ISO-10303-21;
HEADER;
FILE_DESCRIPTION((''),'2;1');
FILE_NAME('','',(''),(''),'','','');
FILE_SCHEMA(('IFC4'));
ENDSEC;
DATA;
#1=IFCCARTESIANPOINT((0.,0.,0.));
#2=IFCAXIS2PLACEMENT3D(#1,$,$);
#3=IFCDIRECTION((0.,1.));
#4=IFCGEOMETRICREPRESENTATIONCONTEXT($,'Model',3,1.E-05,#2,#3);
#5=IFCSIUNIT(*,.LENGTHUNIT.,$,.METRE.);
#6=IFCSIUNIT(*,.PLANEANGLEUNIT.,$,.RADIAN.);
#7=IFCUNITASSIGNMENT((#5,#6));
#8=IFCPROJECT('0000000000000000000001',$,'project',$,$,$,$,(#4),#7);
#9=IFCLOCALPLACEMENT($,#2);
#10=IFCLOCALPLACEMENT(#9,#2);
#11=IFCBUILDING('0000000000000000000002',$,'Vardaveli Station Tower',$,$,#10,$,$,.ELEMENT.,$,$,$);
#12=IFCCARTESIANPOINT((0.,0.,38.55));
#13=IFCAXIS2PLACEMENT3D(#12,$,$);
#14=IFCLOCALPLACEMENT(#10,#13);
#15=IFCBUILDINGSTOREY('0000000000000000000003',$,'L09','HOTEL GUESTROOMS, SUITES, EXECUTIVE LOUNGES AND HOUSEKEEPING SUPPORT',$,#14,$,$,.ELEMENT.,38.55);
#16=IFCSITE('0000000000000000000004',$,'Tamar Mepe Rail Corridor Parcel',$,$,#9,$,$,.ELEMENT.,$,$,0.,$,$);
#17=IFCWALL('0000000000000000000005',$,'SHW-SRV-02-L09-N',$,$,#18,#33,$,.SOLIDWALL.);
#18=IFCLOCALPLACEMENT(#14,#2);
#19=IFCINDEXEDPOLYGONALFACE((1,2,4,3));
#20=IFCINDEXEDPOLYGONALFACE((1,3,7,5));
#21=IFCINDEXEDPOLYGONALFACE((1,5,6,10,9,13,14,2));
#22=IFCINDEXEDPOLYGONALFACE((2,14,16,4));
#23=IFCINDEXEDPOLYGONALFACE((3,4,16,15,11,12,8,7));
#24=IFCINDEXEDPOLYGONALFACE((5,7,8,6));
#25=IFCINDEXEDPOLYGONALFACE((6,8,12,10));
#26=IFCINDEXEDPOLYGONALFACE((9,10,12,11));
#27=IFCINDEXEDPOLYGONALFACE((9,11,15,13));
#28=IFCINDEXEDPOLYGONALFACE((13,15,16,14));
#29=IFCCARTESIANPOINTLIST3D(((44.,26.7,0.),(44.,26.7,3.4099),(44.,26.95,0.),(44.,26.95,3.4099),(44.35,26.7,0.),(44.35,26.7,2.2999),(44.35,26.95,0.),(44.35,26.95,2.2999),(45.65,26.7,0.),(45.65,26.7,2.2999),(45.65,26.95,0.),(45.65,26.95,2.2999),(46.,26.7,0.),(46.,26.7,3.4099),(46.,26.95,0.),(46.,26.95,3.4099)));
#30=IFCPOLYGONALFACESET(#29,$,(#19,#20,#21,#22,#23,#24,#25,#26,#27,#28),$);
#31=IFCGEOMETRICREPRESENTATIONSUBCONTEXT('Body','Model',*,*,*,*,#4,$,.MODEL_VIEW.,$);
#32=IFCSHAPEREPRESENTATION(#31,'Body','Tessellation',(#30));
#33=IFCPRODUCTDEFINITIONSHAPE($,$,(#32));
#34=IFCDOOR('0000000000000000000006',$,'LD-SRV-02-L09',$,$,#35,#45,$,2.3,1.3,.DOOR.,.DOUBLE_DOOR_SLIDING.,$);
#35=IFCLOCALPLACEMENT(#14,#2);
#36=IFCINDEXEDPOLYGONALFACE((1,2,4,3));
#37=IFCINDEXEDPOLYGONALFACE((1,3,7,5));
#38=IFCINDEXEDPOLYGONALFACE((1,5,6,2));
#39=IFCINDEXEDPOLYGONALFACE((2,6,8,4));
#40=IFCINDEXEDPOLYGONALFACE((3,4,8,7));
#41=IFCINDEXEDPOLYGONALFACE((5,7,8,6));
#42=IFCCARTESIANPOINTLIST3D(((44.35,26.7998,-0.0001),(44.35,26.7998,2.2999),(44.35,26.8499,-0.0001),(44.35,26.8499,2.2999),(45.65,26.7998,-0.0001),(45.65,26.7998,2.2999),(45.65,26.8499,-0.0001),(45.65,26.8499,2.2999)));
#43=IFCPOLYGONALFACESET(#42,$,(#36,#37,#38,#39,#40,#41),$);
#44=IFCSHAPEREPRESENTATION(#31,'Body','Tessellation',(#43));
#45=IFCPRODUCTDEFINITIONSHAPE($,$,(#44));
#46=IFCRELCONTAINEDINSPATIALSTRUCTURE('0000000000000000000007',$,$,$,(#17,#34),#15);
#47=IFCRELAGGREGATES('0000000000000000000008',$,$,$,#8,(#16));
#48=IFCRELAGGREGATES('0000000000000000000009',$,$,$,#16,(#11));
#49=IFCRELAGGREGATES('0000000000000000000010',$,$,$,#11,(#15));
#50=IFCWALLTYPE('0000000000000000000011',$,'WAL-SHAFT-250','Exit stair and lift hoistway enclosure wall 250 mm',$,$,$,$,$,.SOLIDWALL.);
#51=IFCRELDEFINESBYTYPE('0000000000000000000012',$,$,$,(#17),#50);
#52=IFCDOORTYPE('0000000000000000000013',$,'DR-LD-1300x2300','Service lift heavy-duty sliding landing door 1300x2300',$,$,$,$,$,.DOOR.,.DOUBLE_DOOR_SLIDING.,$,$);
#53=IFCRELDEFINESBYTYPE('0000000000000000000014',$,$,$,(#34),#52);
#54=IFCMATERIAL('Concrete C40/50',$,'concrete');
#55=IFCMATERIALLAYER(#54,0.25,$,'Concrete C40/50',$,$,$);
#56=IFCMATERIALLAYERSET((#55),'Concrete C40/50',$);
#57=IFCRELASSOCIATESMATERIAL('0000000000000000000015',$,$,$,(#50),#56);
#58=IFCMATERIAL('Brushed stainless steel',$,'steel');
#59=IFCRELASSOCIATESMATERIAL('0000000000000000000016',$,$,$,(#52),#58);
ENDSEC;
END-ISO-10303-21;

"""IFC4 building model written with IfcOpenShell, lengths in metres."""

from ifc_helpers import new_model, si_unit, direction, frame, frame_2d, origin, place, context, subcontext, project, spatial, rectangle, extrude, source, transform, mapped, material, layer, layer_set, type_object, element, fill, save


model = new_model("IFC4")

# Units and contexts
model_context = context("Model", 3, precision=1e-05, world=origin(), true_north=direction((0.0, 1.0)))
body_context = subcontext(model_context, "Body", "Model", "MODEL_VIEW")
ifc_project = project(units=[si_unit("LENGTHUNIT", "METRE"), si_unit("PLANEANGLEUNIT", "RADIAN")], contexts=[model_context])

# Site, building, storey
site_placement = place(None, origin())
site = spatial("IfcSite", under=ifc_project, at=site_placement, Name="Tamar Mepe Rail Corridor Parcel", CompositionType="ELEMENT", RefElevation=0.0)
building_placement = place(site_placement, origin())
building = spatial("IfcBuilding", under=site, at=building_placement, Name="Vardaveli Station Tower", CompositionType="ELEMENT")
storey_placement = place(building_placement, frame((0.0, 0.0, 38.55)))
storey = spatial("IfcBuildingStorey", under=building, at=storey_placement, Name="L09", Description="HOTEL GUESTROOMS, SUITES, EXECUTIVE LOUNGES AND HOUSEKEEPING SUPPORT", CompositionType="ELEMENT", Elevation=38.55)

# Shared definitions
ifc_material_1 = material(Name="Concrete C40/50", Category="concrete")
ifc_layer_1 = layer(ifc_material_1, 0.25, Name="Concrete C40/50")
ifc_layer_set_1 = layer_set([ifc_layer_1], Name="Concrete C40/50")
wall_type = type_object("IfcWallType", Name="WAL-SHAFT-250", Description="Exit stair and lift hoistway enclosure wall 250 mm", PredefinedType="SOLIDWALL", material=ifc_layer_set_1)
shared_shape_1 = source(origin(), body_context, "Body", "SweptSolid", [
    extrude(rectangle(XDim=1.3, YDim=2.3, at=frame_2d((0.6499, 1.1499))), frame((0.0, 0.135, 0.0), z_axis=(0.0, -1.0, 0.0), x_axis=(1.0, 0.0, 0.0)), (0.0, 0.0, 1.0), 0.27),
])
ifc_material_2 = material(Name="Brushed stainless steel", Category="steel")
door_type = type_object("IfcDoorType", Name="DR-LD-1300x2300", Description="Service lift heavy-duty sliding landing door 1300x2300", OperationType="DOUBLE_DOOR_SLIDING", PredefinedType="DOOR", material=ifc_material_2)
shared_shape_2 = source(origin(), body_context, "Body", "SweptSolid", [
    extrude(rectangle(XDim=1.3, YDim=2.3, at=frame_2d((0.6499, 1.1499))), frame((0.0, 0.0249, 0.0), z_axis=(0.0, -1.0, 0.0), x_axis=(1.0, 0.0, 0.0)), (0.0, 0.0, 1.0), 0.05),
])

# Shared definitions
shared_shape_3 = source(origin(), body_context, "Body", "SweptSolid", [
    extrude(rectangle(XDim=2.0, YDim=0.25, at=frame_2d((1.0, 0.0))), origin(), (0.0, 0.0, 1.0), 3.4099),
])

# Wall, opening, door
wall_1_placement = place(storey_placement, frame((44.0, 26.825, 0.0), z_axis=(0.0, 0.0, 1.0), x_axis=(1.0, 0.0, 0.0)))
wall_1 = element("IfcWall", 1, at=wall_1_placement, inside=storey, type_object=wall_type, Name="SHW-SRV-02-L09-N", PredefinedType="SOLIDWALL", context=body_context, shape_type="MappedRepresentation", body=[
    mapped(shared_shape_3, transform((0.0, 0.0, 0.0), scale=1.0)),
])
opening_1_placement = place(wall_1_placement, frame((0.3501, 0.0, 0.0)))
opening_1 = element("IfcOpeningElement", 2, at=opening_1_placement, cuts=wall_1, PredefinedType="OPENING", context=body_context, shape_type="MappedRepresentation", body=[
    mapped(shared_shape_1, transform((0.0, 0.0, 0.0), scale=1.0)),
])
door_1_placement = place(opening_1_placement, origin())
door_1 = element("IfcDoor", 3, at=door_1_placement, inside=storey, type_object=door_type, Name="LD-SRV-02-L09", OperationType="DOUBLE_DOOR_SLIDING", OverallHeight=2.3, OverallWidth=1.3, PredefinedType="DOOR", context=body_context, shape_type="MappedRepresentation", body=[
    mapped(shared_shape_2, transform((0.0, 0.0, 0.0), scale=1.0)),
])
fill(opening_1, door_1)

save(model, "model.ifc")
